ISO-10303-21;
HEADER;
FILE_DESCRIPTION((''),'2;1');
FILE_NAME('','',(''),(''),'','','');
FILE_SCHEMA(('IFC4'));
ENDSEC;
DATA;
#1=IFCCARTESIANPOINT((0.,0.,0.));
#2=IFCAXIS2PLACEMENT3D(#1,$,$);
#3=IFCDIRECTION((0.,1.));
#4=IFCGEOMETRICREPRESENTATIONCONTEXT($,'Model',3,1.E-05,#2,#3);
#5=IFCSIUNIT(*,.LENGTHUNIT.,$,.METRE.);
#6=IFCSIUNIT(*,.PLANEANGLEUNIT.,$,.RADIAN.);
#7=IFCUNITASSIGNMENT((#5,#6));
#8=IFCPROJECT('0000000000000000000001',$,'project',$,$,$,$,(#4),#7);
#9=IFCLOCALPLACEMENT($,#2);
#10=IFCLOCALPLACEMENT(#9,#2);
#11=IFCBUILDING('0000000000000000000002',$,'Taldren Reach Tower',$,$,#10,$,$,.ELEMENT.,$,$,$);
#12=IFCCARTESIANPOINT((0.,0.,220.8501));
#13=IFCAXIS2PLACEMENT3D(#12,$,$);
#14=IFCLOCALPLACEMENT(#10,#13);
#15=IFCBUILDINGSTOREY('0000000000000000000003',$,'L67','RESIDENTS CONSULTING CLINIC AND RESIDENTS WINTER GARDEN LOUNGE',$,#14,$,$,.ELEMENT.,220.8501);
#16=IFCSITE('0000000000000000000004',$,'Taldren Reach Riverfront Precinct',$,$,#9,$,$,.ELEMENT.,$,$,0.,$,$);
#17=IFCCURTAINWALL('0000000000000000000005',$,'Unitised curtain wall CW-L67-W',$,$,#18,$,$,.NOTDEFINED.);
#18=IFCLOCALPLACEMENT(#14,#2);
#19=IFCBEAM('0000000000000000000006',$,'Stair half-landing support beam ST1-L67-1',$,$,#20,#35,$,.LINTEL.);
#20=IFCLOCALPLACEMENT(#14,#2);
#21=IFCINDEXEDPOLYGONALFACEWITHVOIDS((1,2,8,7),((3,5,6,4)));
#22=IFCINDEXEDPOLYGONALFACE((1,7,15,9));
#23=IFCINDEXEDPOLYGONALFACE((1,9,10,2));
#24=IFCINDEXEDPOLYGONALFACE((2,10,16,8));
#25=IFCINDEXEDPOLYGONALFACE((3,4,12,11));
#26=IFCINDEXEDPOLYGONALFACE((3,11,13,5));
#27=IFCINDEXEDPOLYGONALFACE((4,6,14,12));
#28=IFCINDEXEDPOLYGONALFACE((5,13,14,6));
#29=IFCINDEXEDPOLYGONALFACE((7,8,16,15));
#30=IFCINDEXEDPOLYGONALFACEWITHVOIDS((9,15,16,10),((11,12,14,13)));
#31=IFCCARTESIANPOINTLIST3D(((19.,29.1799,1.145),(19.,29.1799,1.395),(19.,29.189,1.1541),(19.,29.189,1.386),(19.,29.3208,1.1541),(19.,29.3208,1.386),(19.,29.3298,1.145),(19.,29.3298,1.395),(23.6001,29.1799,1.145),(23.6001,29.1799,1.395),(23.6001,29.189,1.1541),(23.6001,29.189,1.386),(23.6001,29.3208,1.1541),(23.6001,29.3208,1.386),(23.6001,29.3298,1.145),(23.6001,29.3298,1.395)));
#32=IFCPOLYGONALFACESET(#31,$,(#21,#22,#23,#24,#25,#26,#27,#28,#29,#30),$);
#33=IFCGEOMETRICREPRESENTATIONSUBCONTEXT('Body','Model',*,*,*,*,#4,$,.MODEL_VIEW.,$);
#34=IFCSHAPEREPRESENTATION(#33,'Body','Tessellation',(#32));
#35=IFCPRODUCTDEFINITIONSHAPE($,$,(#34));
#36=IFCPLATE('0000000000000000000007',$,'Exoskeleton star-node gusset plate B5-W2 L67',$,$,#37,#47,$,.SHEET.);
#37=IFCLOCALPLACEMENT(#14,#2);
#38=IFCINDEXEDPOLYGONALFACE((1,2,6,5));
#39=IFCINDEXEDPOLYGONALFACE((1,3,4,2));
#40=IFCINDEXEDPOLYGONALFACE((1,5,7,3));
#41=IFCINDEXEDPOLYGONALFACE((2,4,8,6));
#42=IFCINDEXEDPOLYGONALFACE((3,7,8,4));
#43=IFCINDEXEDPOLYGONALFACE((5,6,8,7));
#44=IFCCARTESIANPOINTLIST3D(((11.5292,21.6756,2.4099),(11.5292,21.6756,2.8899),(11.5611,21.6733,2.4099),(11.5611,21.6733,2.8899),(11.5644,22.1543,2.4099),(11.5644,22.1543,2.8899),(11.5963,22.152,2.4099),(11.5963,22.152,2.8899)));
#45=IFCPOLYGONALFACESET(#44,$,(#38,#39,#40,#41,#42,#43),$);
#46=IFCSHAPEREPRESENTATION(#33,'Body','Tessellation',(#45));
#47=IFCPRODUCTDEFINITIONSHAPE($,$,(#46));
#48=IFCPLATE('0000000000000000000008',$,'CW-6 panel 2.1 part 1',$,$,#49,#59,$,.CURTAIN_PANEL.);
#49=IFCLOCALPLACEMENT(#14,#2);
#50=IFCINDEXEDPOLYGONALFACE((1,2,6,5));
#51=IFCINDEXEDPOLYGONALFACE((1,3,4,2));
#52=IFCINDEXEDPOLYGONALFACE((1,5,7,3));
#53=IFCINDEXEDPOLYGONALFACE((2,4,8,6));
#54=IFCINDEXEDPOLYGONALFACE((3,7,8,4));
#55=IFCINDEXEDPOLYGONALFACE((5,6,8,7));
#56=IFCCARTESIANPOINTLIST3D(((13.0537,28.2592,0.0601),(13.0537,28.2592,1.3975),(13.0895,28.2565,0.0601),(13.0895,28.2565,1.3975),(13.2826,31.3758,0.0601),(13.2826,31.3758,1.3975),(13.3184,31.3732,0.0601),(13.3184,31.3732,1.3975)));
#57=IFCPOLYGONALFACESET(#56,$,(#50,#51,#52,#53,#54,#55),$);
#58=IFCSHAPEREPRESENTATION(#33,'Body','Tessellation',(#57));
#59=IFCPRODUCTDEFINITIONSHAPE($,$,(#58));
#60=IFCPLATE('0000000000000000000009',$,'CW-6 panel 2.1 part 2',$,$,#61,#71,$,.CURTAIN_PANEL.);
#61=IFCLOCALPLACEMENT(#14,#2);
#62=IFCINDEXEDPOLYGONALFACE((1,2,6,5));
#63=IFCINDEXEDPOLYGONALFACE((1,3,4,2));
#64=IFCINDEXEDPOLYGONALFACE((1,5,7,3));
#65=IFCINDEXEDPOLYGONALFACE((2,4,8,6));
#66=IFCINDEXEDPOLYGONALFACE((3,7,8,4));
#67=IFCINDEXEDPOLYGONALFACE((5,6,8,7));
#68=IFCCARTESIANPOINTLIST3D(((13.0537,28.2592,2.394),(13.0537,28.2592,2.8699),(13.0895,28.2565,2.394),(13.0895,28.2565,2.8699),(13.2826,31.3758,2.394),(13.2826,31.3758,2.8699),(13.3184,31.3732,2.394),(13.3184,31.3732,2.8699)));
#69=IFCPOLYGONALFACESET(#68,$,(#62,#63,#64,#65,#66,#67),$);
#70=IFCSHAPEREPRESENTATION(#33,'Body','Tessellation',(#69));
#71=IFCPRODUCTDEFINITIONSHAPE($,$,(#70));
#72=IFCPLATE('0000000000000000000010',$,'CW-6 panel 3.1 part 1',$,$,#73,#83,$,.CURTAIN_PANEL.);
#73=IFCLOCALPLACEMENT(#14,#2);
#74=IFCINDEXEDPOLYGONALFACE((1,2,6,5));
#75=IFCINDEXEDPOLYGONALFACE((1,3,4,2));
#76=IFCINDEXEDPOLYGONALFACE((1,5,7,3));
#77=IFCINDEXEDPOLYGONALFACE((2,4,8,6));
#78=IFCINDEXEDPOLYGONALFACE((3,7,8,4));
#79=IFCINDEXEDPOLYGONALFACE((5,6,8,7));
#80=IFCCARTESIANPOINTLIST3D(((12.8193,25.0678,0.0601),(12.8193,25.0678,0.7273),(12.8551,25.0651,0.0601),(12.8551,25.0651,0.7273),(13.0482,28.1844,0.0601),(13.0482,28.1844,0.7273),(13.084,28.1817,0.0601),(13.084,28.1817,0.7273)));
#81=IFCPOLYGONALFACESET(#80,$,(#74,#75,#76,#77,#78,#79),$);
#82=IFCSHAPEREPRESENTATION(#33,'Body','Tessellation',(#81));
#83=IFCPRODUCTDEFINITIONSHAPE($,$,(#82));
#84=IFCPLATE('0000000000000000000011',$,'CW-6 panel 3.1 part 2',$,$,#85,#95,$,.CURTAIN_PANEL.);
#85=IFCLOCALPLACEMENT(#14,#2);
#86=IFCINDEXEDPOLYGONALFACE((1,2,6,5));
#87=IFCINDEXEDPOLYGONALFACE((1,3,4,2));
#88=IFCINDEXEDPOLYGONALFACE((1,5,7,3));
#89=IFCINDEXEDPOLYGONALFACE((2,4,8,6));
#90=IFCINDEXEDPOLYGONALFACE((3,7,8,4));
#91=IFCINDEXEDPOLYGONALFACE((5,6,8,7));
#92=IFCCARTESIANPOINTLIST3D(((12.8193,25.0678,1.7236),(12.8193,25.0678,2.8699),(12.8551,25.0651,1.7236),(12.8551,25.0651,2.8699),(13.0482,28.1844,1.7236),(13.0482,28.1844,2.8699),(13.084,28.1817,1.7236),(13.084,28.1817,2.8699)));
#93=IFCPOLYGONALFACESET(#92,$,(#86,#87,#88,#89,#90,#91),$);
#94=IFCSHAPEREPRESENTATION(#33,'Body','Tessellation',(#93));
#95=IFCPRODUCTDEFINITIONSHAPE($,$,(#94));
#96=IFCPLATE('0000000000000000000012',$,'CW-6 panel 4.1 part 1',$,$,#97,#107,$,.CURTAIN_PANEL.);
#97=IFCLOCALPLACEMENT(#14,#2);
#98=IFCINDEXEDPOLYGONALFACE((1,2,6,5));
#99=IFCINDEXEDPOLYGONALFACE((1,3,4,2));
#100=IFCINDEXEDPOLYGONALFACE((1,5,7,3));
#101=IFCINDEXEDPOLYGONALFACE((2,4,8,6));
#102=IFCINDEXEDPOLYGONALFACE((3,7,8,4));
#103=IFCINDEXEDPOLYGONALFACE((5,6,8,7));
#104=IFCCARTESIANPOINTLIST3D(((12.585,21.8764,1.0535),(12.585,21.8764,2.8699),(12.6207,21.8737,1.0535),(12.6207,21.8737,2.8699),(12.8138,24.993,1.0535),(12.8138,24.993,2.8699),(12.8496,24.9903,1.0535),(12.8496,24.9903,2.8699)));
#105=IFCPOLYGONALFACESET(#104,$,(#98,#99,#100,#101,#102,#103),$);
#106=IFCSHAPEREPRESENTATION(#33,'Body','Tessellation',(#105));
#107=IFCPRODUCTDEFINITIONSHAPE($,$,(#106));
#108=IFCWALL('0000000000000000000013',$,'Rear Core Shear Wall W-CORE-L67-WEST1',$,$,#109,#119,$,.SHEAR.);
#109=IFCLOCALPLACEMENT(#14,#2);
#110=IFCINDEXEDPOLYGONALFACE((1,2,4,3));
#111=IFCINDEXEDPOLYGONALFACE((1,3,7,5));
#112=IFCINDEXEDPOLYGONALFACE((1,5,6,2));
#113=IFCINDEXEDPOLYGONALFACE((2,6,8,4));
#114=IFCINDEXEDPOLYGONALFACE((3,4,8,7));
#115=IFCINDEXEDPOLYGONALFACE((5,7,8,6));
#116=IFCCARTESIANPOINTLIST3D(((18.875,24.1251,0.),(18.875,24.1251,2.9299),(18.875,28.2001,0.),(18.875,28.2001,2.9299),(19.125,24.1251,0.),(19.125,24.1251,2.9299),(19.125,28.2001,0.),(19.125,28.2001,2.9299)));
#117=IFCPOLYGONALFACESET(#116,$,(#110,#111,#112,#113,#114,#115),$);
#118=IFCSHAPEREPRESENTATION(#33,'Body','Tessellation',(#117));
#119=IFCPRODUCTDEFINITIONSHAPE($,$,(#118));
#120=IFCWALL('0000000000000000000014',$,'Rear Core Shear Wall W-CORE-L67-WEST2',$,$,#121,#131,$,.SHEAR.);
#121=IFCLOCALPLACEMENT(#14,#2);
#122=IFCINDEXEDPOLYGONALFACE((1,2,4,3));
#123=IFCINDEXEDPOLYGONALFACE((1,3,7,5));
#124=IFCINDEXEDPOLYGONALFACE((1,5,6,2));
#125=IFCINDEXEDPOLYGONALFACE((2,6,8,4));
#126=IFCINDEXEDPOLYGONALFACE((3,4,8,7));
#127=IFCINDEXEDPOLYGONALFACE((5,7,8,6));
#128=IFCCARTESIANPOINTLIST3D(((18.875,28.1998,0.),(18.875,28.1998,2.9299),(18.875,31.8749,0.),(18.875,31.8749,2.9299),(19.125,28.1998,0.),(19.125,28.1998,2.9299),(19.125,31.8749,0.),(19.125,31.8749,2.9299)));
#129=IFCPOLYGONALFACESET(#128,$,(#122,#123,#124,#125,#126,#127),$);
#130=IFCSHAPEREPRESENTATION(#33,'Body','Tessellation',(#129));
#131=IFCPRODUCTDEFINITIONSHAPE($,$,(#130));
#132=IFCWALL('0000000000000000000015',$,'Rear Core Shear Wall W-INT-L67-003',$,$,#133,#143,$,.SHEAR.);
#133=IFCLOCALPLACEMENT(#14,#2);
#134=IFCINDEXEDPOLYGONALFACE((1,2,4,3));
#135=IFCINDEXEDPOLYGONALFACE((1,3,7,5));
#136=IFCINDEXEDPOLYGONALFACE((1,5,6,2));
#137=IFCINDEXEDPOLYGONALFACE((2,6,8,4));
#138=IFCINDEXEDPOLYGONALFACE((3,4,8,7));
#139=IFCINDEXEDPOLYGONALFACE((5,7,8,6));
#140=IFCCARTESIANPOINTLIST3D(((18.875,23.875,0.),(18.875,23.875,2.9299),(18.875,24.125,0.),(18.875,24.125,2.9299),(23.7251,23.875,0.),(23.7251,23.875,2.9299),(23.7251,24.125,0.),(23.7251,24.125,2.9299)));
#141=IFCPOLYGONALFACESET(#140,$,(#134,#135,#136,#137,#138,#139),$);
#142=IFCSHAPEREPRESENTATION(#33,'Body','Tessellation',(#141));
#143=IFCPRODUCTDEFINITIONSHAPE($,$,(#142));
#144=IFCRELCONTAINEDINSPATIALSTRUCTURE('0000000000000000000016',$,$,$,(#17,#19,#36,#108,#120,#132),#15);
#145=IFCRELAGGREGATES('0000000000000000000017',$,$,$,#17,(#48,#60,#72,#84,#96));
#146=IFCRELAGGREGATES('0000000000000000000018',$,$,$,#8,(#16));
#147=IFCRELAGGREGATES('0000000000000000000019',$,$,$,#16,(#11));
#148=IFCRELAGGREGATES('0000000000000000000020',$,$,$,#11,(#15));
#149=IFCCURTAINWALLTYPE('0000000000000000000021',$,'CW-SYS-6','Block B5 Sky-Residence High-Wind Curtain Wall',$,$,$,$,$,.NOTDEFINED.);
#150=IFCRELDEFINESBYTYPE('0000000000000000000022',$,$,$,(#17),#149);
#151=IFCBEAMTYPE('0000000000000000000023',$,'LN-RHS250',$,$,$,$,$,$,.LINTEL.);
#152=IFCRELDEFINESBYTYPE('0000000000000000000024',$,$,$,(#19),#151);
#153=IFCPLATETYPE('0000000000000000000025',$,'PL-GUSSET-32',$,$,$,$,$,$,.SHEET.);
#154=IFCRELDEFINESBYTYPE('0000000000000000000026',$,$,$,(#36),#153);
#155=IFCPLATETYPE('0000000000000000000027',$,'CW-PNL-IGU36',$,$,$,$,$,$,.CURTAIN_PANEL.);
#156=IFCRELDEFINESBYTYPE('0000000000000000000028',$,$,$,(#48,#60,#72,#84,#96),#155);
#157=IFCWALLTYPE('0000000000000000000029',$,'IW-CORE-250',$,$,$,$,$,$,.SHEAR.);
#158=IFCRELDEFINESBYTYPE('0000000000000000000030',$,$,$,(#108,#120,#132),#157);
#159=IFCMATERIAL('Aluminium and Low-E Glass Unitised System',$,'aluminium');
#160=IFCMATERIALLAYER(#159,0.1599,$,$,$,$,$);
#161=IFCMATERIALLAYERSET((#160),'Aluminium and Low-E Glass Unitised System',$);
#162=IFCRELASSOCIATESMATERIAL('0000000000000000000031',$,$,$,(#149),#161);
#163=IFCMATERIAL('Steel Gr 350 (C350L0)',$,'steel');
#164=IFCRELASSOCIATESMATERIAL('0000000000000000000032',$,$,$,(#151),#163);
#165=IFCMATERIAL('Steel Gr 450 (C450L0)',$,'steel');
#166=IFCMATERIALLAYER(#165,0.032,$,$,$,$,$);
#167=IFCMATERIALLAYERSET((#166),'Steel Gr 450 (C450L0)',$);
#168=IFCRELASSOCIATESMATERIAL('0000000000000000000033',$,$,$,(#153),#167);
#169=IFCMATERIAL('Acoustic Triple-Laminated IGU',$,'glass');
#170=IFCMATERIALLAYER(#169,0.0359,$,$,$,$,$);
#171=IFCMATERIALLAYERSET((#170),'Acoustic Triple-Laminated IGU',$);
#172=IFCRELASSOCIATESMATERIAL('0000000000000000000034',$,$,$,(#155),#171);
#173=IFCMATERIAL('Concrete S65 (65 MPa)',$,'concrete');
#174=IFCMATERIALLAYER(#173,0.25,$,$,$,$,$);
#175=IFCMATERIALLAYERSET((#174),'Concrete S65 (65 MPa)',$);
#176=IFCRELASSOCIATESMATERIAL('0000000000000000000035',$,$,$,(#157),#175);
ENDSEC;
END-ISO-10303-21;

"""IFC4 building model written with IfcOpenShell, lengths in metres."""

from ifc_helpers import new_model, si_unit, direction, frame, frame_2d, origin, origin_2d, place, context, subcontext, project, spatial, rectangle, hollow_rectangle, extrude, source, transform, mapped, material, layer, layer_set, material_profile, profile_set, type_object, element, aggregate, save


model = new_model("IFC4")

# Units and contexts
model_context = context("Model", 3, precision=1e-05, world=origin(), true_north=direction((0.0, 1.0)))
body_context = subcontext(model_context, "Body", "Model", "MODEL_VIEW")
ifc_project = project(units=[si_unit("LENGTHUNIT", "METRE"), si_unit("PLANEANGLEUNIT", "RADIAN")], contexts=[model_context])

# Site, building, storey
site_placement = place(None, origin())
site = spatial("IfcSite", under=ifc_project, at=site_placement, Name="Taldren Reach Riverfront Precinct", CompositionType="ELEMENT", RefElevation=0.0)
building_placement = place(site_placement, origin())
building = spatial("IfcBuilding", under=site, at=building_placement, Name="Taldren Reach Tower", CompositionType="ELEMENT")
storey_placement = place(building_placement, frame((0.0, 0.0, 220.8501)))
storey = spatial("IfcBuildingStorey", under=building, at=storey_placement, Name="L67", Description="RESIDENTS CONSULTING CLINIC AND RESIDENTS WINTER GARDEN LOUNGE", CompositionType="ELEMENT", Elevation=220.8501)

# Shared definitions
ifc_material_1 = material(Name="Steel Gr 450 (C450L0)", Category="steel")

# Shared definitions
ifc_material_2 = material(Name="Steel Gr 350 (C350L0)", Category="steel")

# Curtain wall
ifc_material_3 = material(Name="Aluminium and Low-E Glass Unitised System", Category="aluminium")
ifc_layer_1 = layer(ifc_material_3, 0.1599)
ifc_layer_set_1 = layer_set([ifc_layer_1], Name="Aluminium and Low-E Glass Unitised System")
curtain_wall_type = type_object("IfcCurtainWallType", Name="CW-SYS-6", Description="Block B5 Sky-Residence High-Wind Curtain Wall", PredefinedType="NOTDEFINED", material=ifc_layer_set_1)
curtain_wall_placement = place(storey_placement, origin())
curtain_wall = element("IfcCurtainWall", 1, at=curtain_wall_placement, inside=storey, type_object=curtain_wall_type, Name="Unitised curtain wall CW-L67-W", PredefinedType="NOTDEFINED")

# Beam
ifc_material_profile_1 = material_profile(ifc_material_2, hollow_rectangle(XDim=0.1499, YDim=0.25, WallThickness=0.009, at=origin_2d()), Name="250x150x9.0RHS")
ifc_profile_set_1 = profile_set([ifc_material_profile_1], Name="Steel Gr 350 (C350L0)")
beam_type_1 = type_object("IfcBeamType", Name="LN-RHS250", PredefinedType="LINTEL", material=ifc_profile_set_1)
shared_shape_1 = source(origin(), body_context, "Body", "SweptSolid", [
    extrude(hollow_rectangle(XDim=0.1499, YDim=0.25, WallThickness=0.009, at=origin_2d()), origin(), (0.0, 0.0, 1.0), 4.6001),
])
beam_1_placement = place(storey_placement, frame((19.0, 29.2549, 1.27), z_axis=(1.0, 0.0, 0.0), x_axis=(0.0, 1.0, 0.0)))
element("IfcBeam", 2, at=beam_1_placement, inside=storey, type_object=beam_type_1, Name="Stair half-landing support beam ST1-L67-1", PredefinedType="LINTEL", context=body_context, shape_type="MappedRepresentation", body=[
    mapped(shared_shape_1, transform((0.0, 0.0, 0.0), scale=1.0)),
])

# Plates
ifc_layer_2 = layer(ifc_material_1, 0.032)
ifc_layer_set_2 = layer_set([ifc_layer_2], Name="Steel Gr 450 (C450L0)")
plate_type_1 = type_object("IfcPlateType", Name="PL-GUSSET-32", PredefinedType="SHEET", material=ifc_layer_set_2)
shared_shape_2 = source(origin(), body_context, "Body", "SweptSolid", [
    extrude(rectangle(XDim=0.48, YDim=0.032, at=origin_2d()), origin(), (0.0, 0.0, 1.0), 0.48),
])
plate_1_placement = place(storey_placement, frame((11.5627, 21.9138, 2.4099), z_axis=(0.0, 0.0, 1.0), x_axis=(0.073238, 0.997314, 0.0)))
element("IfcPlate", 3, at=plate_1_placement, inside=storey, type_object=plate_type_1, Name="Exoskeleton star-node gusset plate B5-W2 L67", PredefinedType="SHEET", context=body_context, shape_type="MappedRepresentation", body=[
    mapped(shared_shape_2, transform((0.0, 0.0, 0.0), scale=1.0)),
])
ifc_material_4 = material(Name="Acoustic Triple-Laminated IGU", Category="glass")
ifc_layer_3 = layer(ifc_material_4, 0.0359)
ifc_layer_set_3 = layer_set([ifc_layer_3], Name="Acoustic Triple-Laminated IGU")
plate_type_2 = type_object("IfcPlateType", Name="CW-PNL-IGU36", PredefinedType="CURTAIN_PANEL", material=ifc_layer_set_3)
shared_shape_3 = source(origin(), body_context, "Body", "SweptSolid", [
    extrude(rectangle(XDim=3.125, YDim=0.0359, at=origin_2d()), origin(), (0.0, 0.0, 1.0), 1.3374),
])
plate_2_placement = place(storey_placement, frame((13.186, 29.8162, 0.0601), z_axis=(0.0, 0.0, 1.0), x_axis=(-0.073238, -0.997314, 0.0)))
plate_2 = element("IfcPlate", 4, at=plate_2_placement, type_object=plate_type_2, Name="CW-6 panel 2.1 part 1", PredefinedType="CURTAIN_PANEL", context=body_context, shape_type="MappedRepresentation", body=[
    mapped(shared_shape_3, transform((0.0, 0.0, 0.0), scale=1.0)),
])
shared_shape_4 = source(origin(), body_context, "Body", "SweptSolid", [
    extrude(rectangle(XDim=3.125, YDim=0.0359, at=origin_2d()), origin(), (0.0, 0.0, 1.0), 0.4758),
])
plate_3_placement = place(storey_placement, frame((13.186, 29.8162, 2.394), z_axis=(0.0, 0.0, 1.0), x_axis=(-0.073238, -0.997314, 0.0)))
plate_3 = element("IfcPlate", 5, at=plate_3_placement, type_object=plate_type_2, Name="CW-6 panel 2.1 part 2", PredefinedType="CURTAIN_PANEL", context=body_context, shape_type="MappedRepresentation", body=[
    mapped(shared_shape_4, transform((0.0, 0.0, 0.0), scale=1.0)),
])
shared_shape_5 = source(origin(), body_context, "Body", "SweptSolid", [
    extrude(rectangle(XDim=3.125, YDim=0.0359, at=origin_2d()), origin(), (0.0, 0.0, 1.0), 0.6672),
])
plate_4_placement = place(storey_placement, frame((12.9517, 26.6248, 0.0601), z_axis=(0.0, 0.0, 1.0), x_axis=(-0.073238, -0.997314, 0.0)))
plate_4 = element("IfcPlate", 6, at=plate_4_placement, type_object=plate_type_2, Name="CW-6 panel 3.1 part 1", PredefinedType="CURTAIN_PANEL", context=body_context, shape_type="MappedRepresentation", body=[
    mapped(shared_shape_5, transform((0.0, 0.0, 0.0), scale=1.0)),
])
shared_shape_6 = source(origin(), body_context, "Body", "SweptSolid", [
    extrude(rectangle(XDim=3.125, YDim=0.0359, at=origin_2d()), origin(), (0.0, 0.0, 1.0), 1.1462),
])
plate_5_placement = place(storey_placement, frame((12.9517, 26.6248, 1.7236), z_axis=(0.0, 0.0, 1.0), x_axis=(-0.073238, -0.997314, 0.0)))
plate_5 = element("IfcPlate", 7, at=plate_5_placement, type_object=plate_type_2, Name="CW-6 panel 3.1 part 2", PredefinedType="CURTAIN_PANEL", context=body_context, shape_type="MappedRepresentation", body=[
    mapped(shared_shape_6, transform((0.0, 0.0, 0.0), scale=1.0)),
])
shared_shape_7 = source(origin(), body_context, "Body", "SweptSolid", [
    extrude(rectangle(XDim=3.125, YDim=0.0359, at=origin_2d()), origin(), (0.0, 0.0, 1.0), 1.8164),
])
plate_6_placement = place(storey_placement, frame((12.7173, 23.4333, 1.0535), z_axis=(0.0, 0.0, 1.0), x_axis=(-0.073238, -0.997314, 0.0)))
plate_6 = element("IfcPlate", 8, at=plate_6_placement, type_object=plate_type_2, Name="CW-6 panel 4.1 part 1", PredefinedType="CURTAIN_PANEL", context=body_context, shape_type="MappedRepresentation", body=[
    mapped(shared_shape_7, transform((0.0, 0.0, 0.0), scale=1.0)),
])
aggregate(curtain_wall, [plate_2, plate_3, plate_4, plate_5, plate_6])

# Walls
ifc_material_5 = material(Name="Concrete S65 (65 MPa)", Category="concrete")
ifc_layer_4 = layer(ifc_material_5, 0.25)
ifc_layer_set_4 = layer_set([ifc_layer_4], Name="Concrete S65 (65 MPa)")
wall_type_1 = type_object("IfcWallType", Name="IW-CORE-250", PredefinedType="SHEAR", material=ifc_layer_set_4)
shared_shape_8 = source(origin(), body_context, "Body", "SweptSolid", [
    extrude(rectangle(XDim=4.075, YDim=0.25, at=frame_2d((2.0376, 0.0))), origin(), (0.0, 0.0, 1.0), 2.9299),
])
wall_1_placement = place(storey_placement, frame((19.0, 24.125, 0.0), z_axis=(0.0, 0.0, 1.0), x_axis=(0.0, 1.0, 0.0)))
element("IfcWall", 9, at=wall_1_placement, inside=storey, type_object=wall_type_1, Name="Rear Core Shear Wall W-CORE-L67-WEST1", PredefinedType="SHEAR", context=body_context, shape_type="MappedRepresentation", body=[
    mapped(shared_shape_8, transform((0.0, 0.0, 0.0), scale=1.0)),
])
shared_shape_9 = source(origin(), body_context, "Body", "SweptSolid", [
    extrude(rectangle(XDim=3.675, YDim=0.25, at=frame_2d((1.8374, 0.0))), origin(), (0.0, 0.0, 1.0), 2.9299),
])
wall_2_placement = place(storey_placement, frame((19.0, 28.2, 0.0), z_axis=(0.0, 0.0, 1.0), x_axis=(0.0, 1.0, 0.0)))
element("IfcWall", 10, at=wall_2_placement, inside=storey, type_object=wall_type_1, Name="Rear Core Shear Wall W-CORE-L67-WEST2", PredefinedType="SHEAR", context=body_context, shape_type="MappedRepresentation", body=[
    mapped(shared_shape_9, transform((0.0, 0.0, 0.0), scale=1.0)),
])
shared_shape_10 = source(origin(), body_context, "Body", "SweptSolid", [
    extrude(rectangle(XDim=4.8501, YDim=0.25, at=frame_2d((2.425, 0.0))), origin(), (0.0, 0.0, 1.0), 2.9299),
])
wall_3_placement = place(storey_placement, frame((18.875, 24.0, 0.0), z_axis=(0.0, 0.0, 1.0), x_axis=(1.0, 0.0, 0.0)))
element("IfcWall", 11, at=wall_3_placement, inside=storey, type_object=wall_type_1, Name="Rear Core Shear Wall W-INT-L67-003", PredefinedType="SHEAR", context=body_context, shape_type="MappedRepresentation", body=[
    mapped(shared_shape_10, transform((0.0, 0.0, 0.0), scale=1.0)),
])

save(model, "model.ifc")
